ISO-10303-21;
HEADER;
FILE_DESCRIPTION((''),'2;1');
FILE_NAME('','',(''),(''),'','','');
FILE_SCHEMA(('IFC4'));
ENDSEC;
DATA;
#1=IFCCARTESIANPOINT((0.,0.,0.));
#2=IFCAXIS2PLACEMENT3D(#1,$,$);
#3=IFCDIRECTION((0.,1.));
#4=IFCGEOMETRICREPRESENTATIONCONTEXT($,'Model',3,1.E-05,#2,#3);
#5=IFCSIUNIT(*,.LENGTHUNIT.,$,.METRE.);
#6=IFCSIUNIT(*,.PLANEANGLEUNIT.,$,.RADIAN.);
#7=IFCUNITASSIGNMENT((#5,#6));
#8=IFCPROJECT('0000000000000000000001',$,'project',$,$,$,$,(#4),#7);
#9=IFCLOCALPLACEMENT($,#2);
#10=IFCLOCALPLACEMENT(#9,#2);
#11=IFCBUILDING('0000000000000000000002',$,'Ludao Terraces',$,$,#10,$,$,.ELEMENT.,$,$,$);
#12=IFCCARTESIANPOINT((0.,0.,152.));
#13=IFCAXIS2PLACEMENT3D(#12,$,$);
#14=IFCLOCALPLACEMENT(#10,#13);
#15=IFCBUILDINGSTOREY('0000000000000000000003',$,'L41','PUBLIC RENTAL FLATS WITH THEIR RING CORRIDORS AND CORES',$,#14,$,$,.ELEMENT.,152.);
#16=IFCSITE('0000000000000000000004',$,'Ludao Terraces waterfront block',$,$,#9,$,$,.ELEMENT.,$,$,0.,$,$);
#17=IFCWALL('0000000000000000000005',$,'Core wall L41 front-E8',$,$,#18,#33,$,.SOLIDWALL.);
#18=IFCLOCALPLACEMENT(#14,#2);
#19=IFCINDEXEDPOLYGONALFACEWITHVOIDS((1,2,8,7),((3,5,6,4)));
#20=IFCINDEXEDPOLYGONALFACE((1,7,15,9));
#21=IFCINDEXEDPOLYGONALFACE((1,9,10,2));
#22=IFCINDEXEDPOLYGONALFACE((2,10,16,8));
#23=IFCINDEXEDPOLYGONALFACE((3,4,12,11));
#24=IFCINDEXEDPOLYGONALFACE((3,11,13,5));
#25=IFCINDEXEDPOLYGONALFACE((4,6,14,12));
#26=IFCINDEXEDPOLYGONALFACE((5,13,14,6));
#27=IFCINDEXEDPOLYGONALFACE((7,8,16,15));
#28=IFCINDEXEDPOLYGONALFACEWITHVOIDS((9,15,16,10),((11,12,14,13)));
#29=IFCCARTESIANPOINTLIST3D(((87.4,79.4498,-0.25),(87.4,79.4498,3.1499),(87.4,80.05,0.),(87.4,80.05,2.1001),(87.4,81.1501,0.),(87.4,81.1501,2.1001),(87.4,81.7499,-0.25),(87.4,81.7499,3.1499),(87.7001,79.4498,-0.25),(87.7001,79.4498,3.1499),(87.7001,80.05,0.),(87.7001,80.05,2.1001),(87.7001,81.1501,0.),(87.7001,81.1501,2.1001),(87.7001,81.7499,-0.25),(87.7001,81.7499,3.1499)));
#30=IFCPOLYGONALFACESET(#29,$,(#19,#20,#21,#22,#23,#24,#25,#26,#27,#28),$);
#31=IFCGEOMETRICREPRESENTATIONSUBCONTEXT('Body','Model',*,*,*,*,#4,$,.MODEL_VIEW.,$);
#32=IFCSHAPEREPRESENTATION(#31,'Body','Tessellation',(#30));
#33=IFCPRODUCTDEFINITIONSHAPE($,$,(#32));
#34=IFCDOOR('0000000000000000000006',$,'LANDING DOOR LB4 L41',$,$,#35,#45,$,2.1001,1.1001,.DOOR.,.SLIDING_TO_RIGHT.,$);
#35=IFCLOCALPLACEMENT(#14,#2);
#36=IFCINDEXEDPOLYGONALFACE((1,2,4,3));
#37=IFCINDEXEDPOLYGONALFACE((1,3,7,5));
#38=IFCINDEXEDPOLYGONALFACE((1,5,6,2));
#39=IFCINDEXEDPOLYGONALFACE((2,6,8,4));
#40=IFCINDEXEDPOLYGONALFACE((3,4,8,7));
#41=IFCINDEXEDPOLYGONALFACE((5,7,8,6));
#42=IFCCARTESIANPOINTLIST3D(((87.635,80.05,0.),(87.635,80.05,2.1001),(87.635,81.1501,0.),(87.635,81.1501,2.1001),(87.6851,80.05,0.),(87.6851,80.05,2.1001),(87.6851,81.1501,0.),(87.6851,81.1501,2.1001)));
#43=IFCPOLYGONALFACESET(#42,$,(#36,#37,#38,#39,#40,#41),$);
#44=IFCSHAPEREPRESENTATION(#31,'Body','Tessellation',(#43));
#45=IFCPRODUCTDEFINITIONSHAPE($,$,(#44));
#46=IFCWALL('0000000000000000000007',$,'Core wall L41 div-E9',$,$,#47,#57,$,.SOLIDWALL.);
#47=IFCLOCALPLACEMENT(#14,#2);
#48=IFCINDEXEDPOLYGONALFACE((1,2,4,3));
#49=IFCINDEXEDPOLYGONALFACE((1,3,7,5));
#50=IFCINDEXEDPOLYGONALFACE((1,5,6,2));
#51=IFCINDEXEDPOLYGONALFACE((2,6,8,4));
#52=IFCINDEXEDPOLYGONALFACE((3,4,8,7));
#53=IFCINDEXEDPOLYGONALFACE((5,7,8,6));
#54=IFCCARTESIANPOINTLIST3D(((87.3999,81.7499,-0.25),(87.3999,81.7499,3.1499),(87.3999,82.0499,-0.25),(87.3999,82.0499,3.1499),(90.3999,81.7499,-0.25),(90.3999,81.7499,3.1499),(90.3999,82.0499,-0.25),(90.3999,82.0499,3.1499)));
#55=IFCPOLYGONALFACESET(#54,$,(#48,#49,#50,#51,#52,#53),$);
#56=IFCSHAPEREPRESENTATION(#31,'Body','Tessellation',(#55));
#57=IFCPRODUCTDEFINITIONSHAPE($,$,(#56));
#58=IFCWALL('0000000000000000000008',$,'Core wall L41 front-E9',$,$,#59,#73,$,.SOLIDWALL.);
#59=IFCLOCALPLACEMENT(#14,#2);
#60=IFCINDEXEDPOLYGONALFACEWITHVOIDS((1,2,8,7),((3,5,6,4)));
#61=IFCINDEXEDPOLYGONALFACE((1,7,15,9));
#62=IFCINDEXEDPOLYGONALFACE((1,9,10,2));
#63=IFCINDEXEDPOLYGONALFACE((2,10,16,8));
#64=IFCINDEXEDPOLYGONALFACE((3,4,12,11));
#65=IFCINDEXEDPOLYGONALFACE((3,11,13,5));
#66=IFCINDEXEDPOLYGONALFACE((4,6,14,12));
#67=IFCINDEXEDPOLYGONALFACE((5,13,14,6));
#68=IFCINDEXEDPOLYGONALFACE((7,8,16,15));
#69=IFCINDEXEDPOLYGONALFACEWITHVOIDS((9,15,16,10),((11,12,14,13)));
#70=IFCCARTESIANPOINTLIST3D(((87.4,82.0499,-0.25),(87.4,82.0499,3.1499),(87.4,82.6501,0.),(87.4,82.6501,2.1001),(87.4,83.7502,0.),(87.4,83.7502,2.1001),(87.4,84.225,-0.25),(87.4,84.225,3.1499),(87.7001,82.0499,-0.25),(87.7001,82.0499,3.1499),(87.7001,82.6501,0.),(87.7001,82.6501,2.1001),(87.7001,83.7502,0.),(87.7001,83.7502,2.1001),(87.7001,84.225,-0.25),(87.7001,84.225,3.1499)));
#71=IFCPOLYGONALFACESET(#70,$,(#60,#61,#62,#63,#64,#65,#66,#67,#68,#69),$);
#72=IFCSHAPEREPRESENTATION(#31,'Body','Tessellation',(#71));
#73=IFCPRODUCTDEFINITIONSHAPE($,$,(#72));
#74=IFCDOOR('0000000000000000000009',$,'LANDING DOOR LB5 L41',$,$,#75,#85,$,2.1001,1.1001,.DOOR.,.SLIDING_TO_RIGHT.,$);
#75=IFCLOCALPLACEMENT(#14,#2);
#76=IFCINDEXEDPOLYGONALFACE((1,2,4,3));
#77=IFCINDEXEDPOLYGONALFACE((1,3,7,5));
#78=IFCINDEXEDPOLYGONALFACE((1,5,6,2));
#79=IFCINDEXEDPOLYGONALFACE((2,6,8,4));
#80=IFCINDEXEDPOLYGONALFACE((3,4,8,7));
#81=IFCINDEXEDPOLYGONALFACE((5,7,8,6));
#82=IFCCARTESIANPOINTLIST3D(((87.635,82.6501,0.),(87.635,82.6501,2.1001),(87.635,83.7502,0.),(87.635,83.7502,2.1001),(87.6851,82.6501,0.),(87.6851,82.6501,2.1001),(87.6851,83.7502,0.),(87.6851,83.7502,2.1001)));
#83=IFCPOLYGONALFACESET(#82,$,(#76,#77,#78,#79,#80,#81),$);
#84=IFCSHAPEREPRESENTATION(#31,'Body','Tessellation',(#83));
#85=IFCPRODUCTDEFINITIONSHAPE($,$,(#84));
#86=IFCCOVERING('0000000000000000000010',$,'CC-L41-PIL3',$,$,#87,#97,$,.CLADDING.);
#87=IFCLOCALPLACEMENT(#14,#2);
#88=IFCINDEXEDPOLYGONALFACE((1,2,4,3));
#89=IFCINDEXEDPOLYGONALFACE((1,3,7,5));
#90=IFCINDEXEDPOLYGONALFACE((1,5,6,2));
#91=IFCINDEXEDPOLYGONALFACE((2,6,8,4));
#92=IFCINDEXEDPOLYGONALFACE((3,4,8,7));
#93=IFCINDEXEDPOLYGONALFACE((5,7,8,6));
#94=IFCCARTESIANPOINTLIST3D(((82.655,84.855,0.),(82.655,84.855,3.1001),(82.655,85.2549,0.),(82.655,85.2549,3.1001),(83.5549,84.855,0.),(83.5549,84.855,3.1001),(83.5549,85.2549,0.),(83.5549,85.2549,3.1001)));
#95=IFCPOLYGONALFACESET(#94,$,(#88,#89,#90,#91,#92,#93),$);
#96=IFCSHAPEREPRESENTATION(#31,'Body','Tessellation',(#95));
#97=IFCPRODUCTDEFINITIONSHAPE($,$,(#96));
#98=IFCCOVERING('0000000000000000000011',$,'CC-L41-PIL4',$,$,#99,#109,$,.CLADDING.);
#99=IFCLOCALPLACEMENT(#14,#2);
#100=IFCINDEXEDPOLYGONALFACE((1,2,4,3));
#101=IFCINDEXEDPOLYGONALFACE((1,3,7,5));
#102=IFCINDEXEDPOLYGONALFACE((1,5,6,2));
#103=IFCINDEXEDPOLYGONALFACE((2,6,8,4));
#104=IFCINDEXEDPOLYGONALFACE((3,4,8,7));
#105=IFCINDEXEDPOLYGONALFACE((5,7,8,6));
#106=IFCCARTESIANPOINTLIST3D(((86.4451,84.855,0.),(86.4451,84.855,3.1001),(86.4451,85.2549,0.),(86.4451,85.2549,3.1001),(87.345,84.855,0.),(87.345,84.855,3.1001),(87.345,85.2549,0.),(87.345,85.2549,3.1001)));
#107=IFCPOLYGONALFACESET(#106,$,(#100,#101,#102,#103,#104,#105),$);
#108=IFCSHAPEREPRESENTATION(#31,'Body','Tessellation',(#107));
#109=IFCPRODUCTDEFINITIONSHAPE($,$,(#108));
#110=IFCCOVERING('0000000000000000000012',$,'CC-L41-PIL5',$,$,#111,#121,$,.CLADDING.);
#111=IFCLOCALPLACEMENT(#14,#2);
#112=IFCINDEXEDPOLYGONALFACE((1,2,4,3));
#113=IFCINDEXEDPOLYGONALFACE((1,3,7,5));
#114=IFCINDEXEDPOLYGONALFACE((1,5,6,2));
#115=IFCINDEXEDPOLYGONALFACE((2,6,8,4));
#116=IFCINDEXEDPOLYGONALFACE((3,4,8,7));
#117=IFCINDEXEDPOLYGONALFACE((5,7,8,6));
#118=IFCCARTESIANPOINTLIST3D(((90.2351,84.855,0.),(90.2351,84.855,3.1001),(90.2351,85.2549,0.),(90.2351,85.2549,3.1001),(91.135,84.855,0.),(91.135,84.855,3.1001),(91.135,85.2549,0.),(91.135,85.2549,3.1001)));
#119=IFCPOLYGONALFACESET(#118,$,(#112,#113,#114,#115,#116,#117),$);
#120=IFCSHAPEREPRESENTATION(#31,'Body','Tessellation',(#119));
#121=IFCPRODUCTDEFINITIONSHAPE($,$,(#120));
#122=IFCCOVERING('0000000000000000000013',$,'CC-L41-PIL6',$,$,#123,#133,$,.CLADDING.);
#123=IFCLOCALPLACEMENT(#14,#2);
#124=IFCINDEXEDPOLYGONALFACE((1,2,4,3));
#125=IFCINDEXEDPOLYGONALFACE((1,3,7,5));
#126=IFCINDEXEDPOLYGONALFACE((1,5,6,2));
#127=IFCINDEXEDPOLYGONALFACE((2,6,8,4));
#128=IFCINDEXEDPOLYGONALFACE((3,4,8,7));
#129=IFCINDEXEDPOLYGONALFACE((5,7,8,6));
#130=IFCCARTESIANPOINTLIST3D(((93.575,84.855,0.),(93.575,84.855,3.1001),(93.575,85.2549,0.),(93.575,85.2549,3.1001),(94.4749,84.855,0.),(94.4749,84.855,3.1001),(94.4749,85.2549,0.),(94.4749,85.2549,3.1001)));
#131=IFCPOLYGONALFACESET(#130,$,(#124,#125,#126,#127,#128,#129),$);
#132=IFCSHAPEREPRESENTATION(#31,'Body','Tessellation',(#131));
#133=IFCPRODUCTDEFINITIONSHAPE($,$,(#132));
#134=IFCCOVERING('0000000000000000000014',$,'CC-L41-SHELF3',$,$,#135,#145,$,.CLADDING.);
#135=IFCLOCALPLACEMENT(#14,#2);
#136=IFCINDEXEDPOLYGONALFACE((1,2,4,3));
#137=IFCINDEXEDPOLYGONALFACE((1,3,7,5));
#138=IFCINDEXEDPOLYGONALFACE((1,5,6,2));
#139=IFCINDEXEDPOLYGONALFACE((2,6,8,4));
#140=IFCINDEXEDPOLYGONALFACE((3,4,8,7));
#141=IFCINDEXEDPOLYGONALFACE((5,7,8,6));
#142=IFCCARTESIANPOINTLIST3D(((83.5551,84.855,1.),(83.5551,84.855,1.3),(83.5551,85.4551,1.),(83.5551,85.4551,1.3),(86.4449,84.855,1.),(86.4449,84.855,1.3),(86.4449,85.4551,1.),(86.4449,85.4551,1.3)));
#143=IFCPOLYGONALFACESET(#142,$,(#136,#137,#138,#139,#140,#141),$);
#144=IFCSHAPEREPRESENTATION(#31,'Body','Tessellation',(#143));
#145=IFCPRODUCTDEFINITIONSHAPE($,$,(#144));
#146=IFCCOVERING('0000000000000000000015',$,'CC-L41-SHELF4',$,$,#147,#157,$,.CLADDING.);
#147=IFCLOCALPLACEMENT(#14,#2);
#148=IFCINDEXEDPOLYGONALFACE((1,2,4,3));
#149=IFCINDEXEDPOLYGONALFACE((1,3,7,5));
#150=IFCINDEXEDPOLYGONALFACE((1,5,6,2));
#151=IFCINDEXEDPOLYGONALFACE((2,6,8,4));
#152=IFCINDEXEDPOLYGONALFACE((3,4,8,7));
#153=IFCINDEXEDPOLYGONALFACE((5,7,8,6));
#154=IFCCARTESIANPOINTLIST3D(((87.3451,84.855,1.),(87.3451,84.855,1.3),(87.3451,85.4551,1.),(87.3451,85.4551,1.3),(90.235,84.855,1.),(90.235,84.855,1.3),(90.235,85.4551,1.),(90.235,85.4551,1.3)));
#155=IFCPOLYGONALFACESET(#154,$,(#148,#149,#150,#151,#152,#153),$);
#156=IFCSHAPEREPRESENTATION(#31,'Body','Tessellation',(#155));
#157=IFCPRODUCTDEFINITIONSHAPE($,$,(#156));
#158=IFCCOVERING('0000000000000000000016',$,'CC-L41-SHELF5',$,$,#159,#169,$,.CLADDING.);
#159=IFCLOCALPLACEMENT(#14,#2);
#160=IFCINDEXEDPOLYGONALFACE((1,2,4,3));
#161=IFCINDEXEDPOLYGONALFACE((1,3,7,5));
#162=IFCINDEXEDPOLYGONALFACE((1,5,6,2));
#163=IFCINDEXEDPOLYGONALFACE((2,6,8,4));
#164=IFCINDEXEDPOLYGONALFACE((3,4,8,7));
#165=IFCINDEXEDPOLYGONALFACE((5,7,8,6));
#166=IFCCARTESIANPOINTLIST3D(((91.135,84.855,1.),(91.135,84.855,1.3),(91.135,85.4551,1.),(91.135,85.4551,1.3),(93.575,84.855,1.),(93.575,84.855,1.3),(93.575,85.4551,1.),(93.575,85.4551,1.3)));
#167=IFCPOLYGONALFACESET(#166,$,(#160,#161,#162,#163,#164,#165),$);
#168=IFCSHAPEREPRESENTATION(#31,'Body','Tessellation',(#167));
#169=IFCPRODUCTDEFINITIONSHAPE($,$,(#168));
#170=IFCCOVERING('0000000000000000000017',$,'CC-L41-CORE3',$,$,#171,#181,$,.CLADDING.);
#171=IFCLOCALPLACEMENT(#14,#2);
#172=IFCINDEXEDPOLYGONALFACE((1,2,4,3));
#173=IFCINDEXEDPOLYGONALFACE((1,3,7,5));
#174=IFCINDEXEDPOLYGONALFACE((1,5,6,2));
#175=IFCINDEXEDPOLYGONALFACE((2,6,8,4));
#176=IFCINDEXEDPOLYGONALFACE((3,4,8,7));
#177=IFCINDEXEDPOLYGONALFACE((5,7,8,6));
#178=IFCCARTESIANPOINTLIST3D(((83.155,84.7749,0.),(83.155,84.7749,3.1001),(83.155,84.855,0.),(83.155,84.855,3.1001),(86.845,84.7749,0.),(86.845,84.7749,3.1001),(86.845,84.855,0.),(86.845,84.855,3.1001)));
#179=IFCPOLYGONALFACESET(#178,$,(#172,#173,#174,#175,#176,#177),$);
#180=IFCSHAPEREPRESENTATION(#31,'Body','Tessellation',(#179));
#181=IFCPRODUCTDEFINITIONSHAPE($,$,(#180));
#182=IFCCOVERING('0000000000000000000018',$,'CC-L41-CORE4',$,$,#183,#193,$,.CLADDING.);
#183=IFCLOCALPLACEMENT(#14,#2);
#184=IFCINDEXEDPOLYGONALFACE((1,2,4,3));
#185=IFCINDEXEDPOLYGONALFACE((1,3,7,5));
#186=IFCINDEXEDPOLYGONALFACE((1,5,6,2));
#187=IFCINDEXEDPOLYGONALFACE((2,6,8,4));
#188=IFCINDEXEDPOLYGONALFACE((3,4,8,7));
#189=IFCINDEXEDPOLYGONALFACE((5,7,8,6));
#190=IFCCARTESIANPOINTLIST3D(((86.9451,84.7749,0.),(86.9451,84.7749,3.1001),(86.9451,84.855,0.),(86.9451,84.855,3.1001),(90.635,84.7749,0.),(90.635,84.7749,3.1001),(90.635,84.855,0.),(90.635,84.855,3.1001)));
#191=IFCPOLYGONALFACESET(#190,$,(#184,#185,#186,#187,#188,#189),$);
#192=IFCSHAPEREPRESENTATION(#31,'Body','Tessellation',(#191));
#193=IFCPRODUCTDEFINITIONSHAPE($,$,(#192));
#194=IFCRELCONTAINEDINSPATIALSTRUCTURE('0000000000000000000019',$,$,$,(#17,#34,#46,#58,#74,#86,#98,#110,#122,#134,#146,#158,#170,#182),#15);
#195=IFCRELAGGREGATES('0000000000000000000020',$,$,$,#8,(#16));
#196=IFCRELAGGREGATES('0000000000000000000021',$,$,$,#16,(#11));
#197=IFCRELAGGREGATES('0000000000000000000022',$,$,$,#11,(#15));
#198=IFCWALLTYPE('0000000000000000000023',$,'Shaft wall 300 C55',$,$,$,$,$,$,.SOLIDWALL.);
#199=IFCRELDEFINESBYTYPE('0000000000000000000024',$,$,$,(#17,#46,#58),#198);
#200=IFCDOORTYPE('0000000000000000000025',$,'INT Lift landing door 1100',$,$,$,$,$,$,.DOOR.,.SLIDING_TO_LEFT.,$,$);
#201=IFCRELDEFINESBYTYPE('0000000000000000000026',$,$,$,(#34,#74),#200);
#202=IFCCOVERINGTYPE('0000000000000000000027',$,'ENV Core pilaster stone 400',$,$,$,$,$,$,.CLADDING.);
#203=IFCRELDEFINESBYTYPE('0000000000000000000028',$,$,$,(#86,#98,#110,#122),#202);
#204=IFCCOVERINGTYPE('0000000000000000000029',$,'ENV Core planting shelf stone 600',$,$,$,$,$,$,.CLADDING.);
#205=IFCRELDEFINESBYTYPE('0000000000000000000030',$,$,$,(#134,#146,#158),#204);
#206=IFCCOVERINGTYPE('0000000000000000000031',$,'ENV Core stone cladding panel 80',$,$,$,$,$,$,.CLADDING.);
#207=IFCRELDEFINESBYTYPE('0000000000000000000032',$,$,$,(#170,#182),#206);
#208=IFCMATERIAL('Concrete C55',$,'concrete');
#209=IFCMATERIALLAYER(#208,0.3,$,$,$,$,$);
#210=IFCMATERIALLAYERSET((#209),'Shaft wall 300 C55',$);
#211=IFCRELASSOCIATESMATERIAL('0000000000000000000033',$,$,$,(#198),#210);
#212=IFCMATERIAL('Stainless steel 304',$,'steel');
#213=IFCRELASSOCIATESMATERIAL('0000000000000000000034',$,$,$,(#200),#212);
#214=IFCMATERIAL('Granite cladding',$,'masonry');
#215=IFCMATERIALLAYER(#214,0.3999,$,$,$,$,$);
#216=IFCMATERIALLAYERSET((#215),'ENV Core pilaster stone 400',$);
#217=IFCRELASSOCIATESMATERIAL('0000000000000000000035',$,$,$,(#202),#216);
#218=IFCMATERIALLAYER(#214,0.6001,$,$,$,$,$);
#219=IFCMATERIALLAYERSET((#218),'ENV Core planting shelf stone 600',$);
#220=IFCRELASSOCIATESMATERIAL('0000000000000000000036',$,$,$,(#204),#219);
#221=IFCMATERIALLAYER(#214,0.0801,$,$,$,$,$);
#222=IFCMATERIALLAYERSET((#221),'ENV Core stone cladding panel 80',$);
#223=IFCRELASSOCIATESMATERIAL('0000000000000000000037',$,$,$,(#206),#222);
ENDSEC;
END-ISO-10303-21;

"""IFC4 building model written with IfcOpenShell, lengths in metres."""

from ifc_helpers import new_model, si_unit, direction, frame, frame_2d, origin, origin_2d, place, context, subcontext, project, spatial, rectangle, extrude, material, layer, layer_set, type_object, element, fill, save


model = new_model("IFC4")

# Units and contexts
model_context = context("Model", 3, precision=1e-05, world=origin(), true_north=direction((0.0, 1.0)))
body_context = subcontext(model_context, "Body", "Model", "MODEL_VIEW")
ifc_project = project(units=[si_unit("LENGTHUNIT", "METRE"), si_unit("PLANEANGLEUNIT", "RADIAN")], contexts=[model_context])

# Site, building, storey
site_placement = place(None, origin())
site = spatial("IfcSite", under=ifc_project, at=site_placement, Name="Ludao Terraces waterfront block", CompositionType="ELEMENT", RefElevation=0.0)
building_placement = place(site_placement, origin())
building = spatial("IfcBuilding", under=site, at=building_placement, Name="Ludao Terraces", CompositionType="ELEMENT")
storey_placement = place(building_placement, frame((0.0, 0.0, 152.0)))
storey = spatial("IfcBuildingStorey", under=building, at=storey_placement, Name="L41", Description="PUBLIC RENTAL FLATS WITH THEIR RING CORRIDORS AND CORES", CompositionType="ELEMENT", Elevation=152.0)

# Wall, opening, door
ifc_material_1 = material(Name="Concrete C55", Category="concrete")
ifc_layer_1 = layer(ifc_material_1, 0.3)
ifc_layer_set_1 = layer_set([ifc_layer_1], Name="Shaft wall 300 C55")
wall_type = type_object("IfcWallType", Name="Shaft wall 300 C55", PredefinedType="SOLIDWALL", material=ifc_layer_set_1)
wall_1_placement = place(storey_placement, frame((87.55, 79.45, -0.25), z_axis=(0.0, 0.0, 1.0), x_axis=(0.0, 1.0, 0.0)))
wall_1 = element("IfcWall", 1, at=wall_1_placement, inside=storey, type_object=wall_type, Name="Core wall L41 front-E8", PredefinedType="SOLIDWALL", context=body_context, shape_type="SweptSolid", body=[
    extrude(rectangle(XDim=2.3, YDim=0.3, at=frame_2d((1.1499, 0.0))), origin(), (0.0, 0.0, 1.0), 3.3999),
])
opening_1_placement = place(wall_1_placement, frame((0.6001, 0.0, 0.25)))
opening_1 = element("IfcOpeningElement", 2, at=opening_1_placement, cuts=wall_1, PredefinedType="OPENING", context=body_context, shape_type="SweptSolid", body=[
    extrude(rectangle(XDim=1.1001, YDim=2.1001, at=frame_2d((0.55, 1.05))), frame((0.0, 0.1602, 0.0), z_axis=(0.0, -1.0, 0.0), x_axis=(1.0, 0.0, 0.0)), (0.0, 0.0, 1.0), 0.3201),
])
ifc_material_2 = material(Name="Stainless steel 304", Category="steel")
door_type = type_object("IfcDoorType", Name="INT Lift landing door 1100", OperationType="SLIDING_TO_LEFT", PredefinedType="DOOR", material=ifc_material_2)
door_1_placement = place(opening_1_placement, origin())
door_1 = element("IfcDoor", 3, at=door_1_placement, inside=storey, type_object=door_type, Name="LANDING DOOR LB4 L41", OperationType="SLIDING_TO_RIGHT", OverallHeight=2.1001, OverallWidth=1.1001, PredefinedType="DOOR", context=body_context, shape_type="SweptSolid", body=[
    extrude(rectangle(XDim=1.1001, YDim=2.1001, at=frame_2d((0.55, 1.05))), frame((0.0, -0.085, 0.0), z_axis=(0.0, -1.0, 0.0), x_axis=(1.0, 0.0, 0.0)), (0.0, 0.0, 1.0), 0.05),
])
fill(opening_1, door_1)

# Wall
wall_2_placement = place(storey_placement, frame((87.3999, 81.8999, -0.25), z_axis=(0.0, 0.0, 1.0), x_axis=(1.0, 0.0, 0.0)))
element("IfcWall", 4, at=wall_2_placement, inside=storey, type_object=wall_type, Name="Core wall L41 div-E9", PredefinedType="SOLIDWALL", context=body_context, shape_type="SweptSolid", body=[
    extrude(rectangle(XDim=3.0, YDim=0.3, at=frame_2d((1.5, 0.0))), origin(), (0.0, 0.0, 1.0), 3.3999),
])

# Wall, opening, door
wall_3_placement = place(storey_placement, frame((87.55, 82.05, -0.25), z_axis=(0.0, 0.0, 1.0), x_axis=(0.0, 1.0, 0.0)))
wall_3 = element("IfcWall", 5, at=wall_3_placement, inside=storey, type_object=wall_type, Name="Core wall L41 front-E9", PredefinedType="SOLIDWALL", context=body_context, shape_type="SweptSolid", body=[
    extrude(rectangle(XDim=2.175, YDim=0.3, at=frame_2d((1.0874, 0.0))), origin(), (0.0, 0.0, 1.0), 3.3999),
])
opening_2_placement = place(wall_3_placement, frame((0.6001, 0.0, 0.25)))
opening_2 = element("IfcOpeningElement", 6, at=opening_2_placement, cuts=wall_3, PredefinedType="OPENING", context=body_context, shape_type="SweptSolid", body=[
    extrude(rectangle(XDim=1.1001, YDim=2.1001, at=frame_2d((0.55, 1.05))), frame((0.0, 0.1602, 0.0), z_axis=(0.0, -1.0, 0.0), x_axis=(1.0, 0.0, 0.0)), (0.0, 0.0, 1.0), 0.3201),
])
door_2_placement = place(opening_2_placement, origin())
door_2 = element("IfcDoor", 7, at=door_2_placement, inside=storey, type_object=door_type, Name="LANDING DOOR LB5 L41", OperationType="SLIDING_TO_RIGHT", OverallHeight=2.1001, OverallWidth=1.1001, PredefinedType="DOOR", context=body_context, shape_type="SweptSolid", body=[
    extrude(rectangle(XDim=1.1001, YDim=2.1001, at=frame_2d((0.55, 1.05))), frame((0.0, -0.085, 0.0), z_axis=(0.0, -1.0, 0.0), x_axis=(1.0, 0.0, 0.0)), (0.0, 0.0, 1.0), 0.05),
])
fill(opening_2, door_2)

# Coverings
ifc_material_3 = material(Name="Granite cladding", Category="masonry")
ifc_layer_2 = layer(ifc_material_3, 0.3999)
ifc_layer_set_2 = layer_set([ifc_layer_2], Name="ENV Core pilaster stone 400")
covering_type_1 = type_object("IfcCoveringType", Name="ENV Core pilaster stone 400", PredefinedType="CLADDING", material=ifc_layer_set_2)
for number, where, z_axis, x_axis, name in (
    (8, (83.105, 85.0549, 0.0), (0.0, 0.0, 1.0), (1.0, 0.0, 0.0), "CC-L41-PIL3"),
    (9, (86.895, 85.0549, 0.0), (0.0, 0.0, 1.0), (1.0, 0.0, 0.0), "CC-L41-PIL4"),
    (10, (90.6851, 85.0549, 0.0), (0.0, 0.0, 1.0), (1.0, 0.0, 0.0), "CC-L41-PIL5"),
    (11, (94.0249, 85.0549, 0.0), (0.0, 0.0, 1.0), (1.0, 0.0, 0.0), "CC-L41-PIL6"),
):
    element("IfcCovering", number, at=place(storey_placement, frame(where, z_axis=z_axis, x_axis=x_axis)), inside=storey, type_object=covering_type_1, Name=name, PredefinedType="CLADDING", context=body_context, shape_type="SweptSolid", body=[
        extrude(rectangle(XDim=0.8999, YDim=0.3999, at=origin_2d()), origin(), (0.0, 0.0, 1.0), 3.1001),
    ])
ifc_layer_3 = layer(ifc_material_3, 0.6001)
ifc_layer_set_3 = layer_set([ifc_layer_3], Name="ENV Core planting shelf stone 600")
covering_type_2 = type_object("IfcCoveringType", Name="ENV Core planting shelf stone 600", PredefinedType="CLADDING", material=ifc_layer_set_3)
for number, where, z_axis, x_axis, name in (
    (12, (85.0, 85.155, 1.0), (0.0, 0.0, 1.0), (1.0, 0.0, 0.0), "CC-L41-SHELF3"),
    (13, (88.79, 85.155, 1.0), (0.0, 0.0, 1.0), (1.0, 0.0, 0.0), "CC-L41-SHELF4"),
):
    element("IfcCovering", number, at=place(storey_placement, frame(where, z_axis=z_axis, x_axis=x_axis)), inside=storey, type_object=covering_type_2, Name=name, PredefinedType="CLADDING", context=body_context, shape_type="SweptSolid", body=[
        extrude(rectangle(XDim=2.8899, YDim=0.6001, at=origin_2d()), origin(), (0.0, 0.0, 1.0), 0.3),
    ])
covering_1_placement = place(storey_placement, frame((92.355, 85.155, 1.0), z_axis=(0.0, 0.0, 1.0), x_axis=(1.0, 0.0, 0.0)))
element("IfcCovering", 14, at=covering_1_placement, inside=storey, type_object=covering_type_2, Name="CC-L41-SHELF5", PredefinedType="CLADDING", context=body_context, shape_type="SweptSolid", body=[
    extrude(rectangle(XDim=2.4399, YDim=0.6001, at=origin_2d()), origin(), (0.0, 0.0, 1.0), 0.3),
])
ifc_layer_4 = layer(ifc_material_3, 0.0801)
ifc_layer_set_4 = layer_set([ifc_layer_4], Name="ENV Core stone cladding panel 80")
covering_type_3 = type_object("IfcCoveringType", Name="ENV Core stone cladding panel 80", PredefinedType="CLADDING", material=ifc_layer_set_4)
for number, where, z_axis, x_axis, name in (
    (15, (85.0, 84.8149, 0.0), (0.0, 0.0, 1.0), (1.0, 0.0, 0.0), "CC-L41-CORE3"),
    (16, (88.79, 84.8149, 0.0), (0.0, 0.0, 1.0), (1.0, 0.0, 0.0), "CC-L41-CORE4"),
):
    element("IfcCovering", number, at=place(storey_placement, frame(where, z_axis=z_axis, x_axis=x_axis)), inside=storey, type_object=covering_type_3, Name=name, PredefinedType="CLADDING", context=body_context, shape_type="SweptSolid", body=[
        extrude(rectangle(XDim=3.6899, YDim=0.0801, at=origin_2d()), origin(), (0.0, 0.0, 1.0), 3.1001),
    ])

save(model, "model.ifc")
